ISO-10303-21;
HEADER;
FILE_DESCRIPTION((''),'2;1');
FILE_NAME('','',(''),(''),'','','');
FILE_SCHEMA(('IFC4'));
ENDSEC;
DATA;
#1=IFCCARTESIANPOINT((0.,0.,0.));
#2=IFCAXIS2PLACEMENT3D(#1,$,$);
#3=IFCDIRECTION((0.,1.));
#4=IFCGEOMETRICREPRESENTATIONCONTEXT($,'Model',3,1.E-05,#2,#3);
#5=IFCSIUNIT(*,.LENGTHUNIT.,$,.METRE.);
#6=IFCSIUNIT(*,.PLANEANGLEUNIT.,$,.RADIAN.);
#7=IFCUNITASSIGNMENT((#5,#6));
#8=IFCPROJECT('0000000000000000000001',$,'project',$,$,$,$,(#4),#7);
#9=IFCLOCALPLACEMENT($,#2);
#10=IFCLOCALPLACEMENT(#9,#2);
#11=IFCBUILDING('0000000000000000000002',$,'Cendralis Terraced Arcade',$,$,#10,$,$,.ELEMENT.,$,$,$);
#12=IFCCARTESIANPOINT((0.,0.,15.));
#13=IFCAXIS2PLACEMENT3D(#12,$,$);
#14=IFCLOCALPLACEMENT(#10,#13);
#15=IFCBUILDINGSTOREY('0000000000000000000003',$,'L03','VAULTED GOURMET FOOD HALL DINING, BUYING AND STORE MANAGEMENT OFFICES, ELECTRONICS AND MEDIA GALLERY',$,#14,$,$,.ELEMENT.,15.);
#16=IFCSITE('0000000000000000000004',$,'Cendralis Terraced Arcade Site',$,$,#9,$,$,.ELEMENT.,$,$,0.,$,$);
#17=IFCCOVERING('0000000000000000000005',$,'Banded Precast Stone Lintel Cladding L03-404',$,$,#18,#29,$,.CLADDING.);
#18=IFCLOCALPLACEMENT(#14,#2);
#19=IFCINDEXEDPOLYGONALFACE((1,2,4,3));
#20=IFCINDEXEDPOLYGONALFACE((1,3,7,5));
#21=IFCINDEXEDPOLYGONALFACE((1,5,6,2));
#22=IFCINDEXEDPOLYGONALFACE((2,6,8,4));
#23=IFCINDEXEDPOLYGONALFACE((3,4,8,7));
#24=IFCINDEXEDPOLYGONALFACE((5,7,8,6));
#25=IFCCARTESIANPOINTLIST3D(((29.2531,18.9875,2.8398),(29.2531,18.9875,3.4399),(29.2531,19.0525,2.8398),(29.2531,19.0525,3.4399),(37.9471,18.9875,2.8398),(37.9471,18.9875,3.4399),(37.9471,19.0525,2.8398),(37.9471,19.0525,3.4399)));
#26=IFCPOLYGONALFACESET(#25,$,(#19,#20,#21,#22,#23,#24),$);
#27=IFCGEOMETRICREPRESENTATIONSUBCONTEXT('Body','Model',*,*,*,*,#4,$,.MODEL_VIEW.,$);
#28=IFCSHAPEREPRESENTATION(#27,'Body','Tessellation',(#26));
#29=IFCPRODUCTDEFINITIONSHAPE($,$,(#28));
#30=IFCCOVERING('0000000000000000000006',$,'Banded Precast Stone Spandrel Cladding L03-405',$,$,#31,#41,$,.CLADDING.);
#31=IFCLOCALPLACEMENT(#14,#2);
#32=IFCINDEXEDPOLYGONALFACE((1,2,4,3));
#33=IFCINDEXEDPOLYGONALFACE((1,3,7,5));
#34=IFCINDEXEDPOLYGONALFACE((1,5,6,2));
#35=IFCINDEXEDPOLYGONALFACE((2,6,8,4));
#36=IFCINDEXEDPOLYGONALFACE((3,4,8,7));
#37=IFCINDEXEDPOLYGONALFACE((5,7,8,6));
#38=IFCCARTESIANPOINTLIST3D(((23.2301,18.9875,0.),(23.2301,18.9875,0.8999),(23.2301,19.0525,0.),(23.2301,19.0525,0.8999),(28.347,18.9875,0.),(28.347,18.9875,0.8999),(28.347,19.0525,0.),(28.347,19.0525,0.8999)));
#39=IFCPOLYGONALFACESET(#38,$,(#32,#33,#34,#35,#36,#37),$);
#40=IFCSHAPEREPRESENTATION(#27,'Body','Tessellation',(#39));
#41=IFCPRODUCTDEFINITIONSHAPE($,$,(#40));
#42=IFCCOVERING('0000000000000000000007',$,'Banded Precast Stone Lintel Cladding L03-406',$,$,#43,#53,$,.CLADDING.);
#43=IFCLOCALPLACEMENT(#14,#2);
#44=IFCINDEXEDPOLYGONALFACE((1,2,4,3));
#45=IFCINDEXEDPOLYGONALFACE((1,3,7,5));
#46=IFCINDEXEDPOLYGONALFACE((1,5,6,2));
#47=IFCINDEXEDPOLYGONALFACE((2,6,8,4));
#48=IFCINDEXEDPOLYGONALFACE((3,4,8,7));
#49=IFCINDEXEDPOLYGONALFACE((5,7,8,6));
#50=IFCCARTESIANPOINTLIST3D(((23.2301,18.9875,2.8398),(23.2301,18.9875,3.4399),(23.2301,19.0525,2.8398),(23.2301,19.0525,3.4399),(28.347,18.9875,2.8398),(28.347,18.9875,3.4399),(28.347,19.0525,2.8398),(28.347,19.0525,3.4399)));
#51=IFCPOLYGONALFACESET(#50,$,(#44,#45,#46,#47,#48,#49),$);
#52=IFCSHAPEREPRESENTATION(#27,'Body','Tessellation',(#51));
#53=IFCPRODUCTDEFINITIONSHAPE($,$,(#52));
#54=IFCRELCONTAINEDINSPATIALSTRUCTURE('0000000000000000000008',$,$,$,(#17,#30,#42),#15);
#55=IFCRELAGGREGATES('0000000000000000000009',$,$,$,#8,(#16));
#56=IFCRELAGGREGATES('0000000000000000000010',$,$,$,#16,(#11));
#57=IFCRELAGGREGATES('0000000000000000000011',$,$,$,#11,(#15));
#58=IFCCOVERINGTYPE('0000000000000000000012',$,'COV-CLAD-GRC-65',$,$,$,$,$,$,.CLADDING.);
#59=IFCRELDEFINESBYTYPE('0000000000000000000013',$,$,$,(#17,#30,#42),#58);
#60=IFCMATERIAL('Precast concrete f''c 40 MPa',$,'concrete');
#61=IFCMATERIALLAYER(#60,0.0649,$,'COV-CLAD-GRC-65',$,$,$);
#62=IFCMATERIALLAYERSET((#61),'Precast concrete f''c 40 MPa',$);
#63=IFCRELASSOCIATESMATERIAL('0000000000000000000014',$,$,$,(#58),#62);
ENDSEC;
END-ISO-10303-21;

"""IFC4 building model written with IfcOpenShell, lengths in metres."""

from ifc_helpers import new_model, si_unit, direction, frame, origin, origin_2d, place, context, subcontext, project, spatial, rectangle, extrude, material, layer, layer_set, type_object, element, save


model = new_model("IFC4")

# Units and contexts
model_context = context("Model", 3, precision=1e-05, world=origin(), true_north=direction((0.0, 1.0)))
body_context = subcontext(model_context, "Body", "Model", "MODEL_VIEW")
ifc_project = project(units=[si_unit("LENGTHUNIT", "METRE"), si_unit("PLANEANGLEUNIT", "RADIAN")], contexts=[model_context])

# Site, building, storey
site_placement = place(None, origin())
site = spatial("IfcSite", under=ifc_project, at=site_placement, Name="Cendralis Terraced Arcade Site", CompositionType="ELEMENT", RefElevation=0.0)
building_placement = place(site_placement, origin())
building = spatial("IfcBuilding", under=site, at=building_placement, Name="Cendralis Terraced Arcade", CompositionType="ELEMENT")
storey_placement = place(building_placement, frame((0.0, 0.0, 15.0)))
storey = spatial("IfcBuildingStorey", under=building, at=storey_placement, Name="L03", Description="VAULTED GOURMET FOOD HALL DINING, BUYING AND STORE MANAGEMENT OFFICES, ELECTRONICS AND MEDIA GALLERY", CompositionType="ELEMENT", Elevation=15.0)

# Shared definitions
ifc_material_1 = material(Name="Precast concrete f'c 40 MPa", Category="concrete")

# Coverings
ifc_layer_1 = layer(ifc_material_1, 0.0649, Name="COV-CLAD-GRC-65")
ifc_layer_set_1 = layer_set([ifc_layer_1], Name="Precast concrete f'c 40 MPa")
covering_type = type_object("IfcCoveringType", Name="COV-CLAD-GRC-65", PredefinedType="CLADDING", material=ifc_layer_set_1)
covering_1_placement = place(storey_placement, frame((33.6001, 19.02, 2.8398), z_axis=(0.0, 0.0, 1.0), x_axis=(-1.0, 0.0, 0.0)))
element("IfcCovering", 1, at=covering_1_placement, inside=storey, type_object=covering_type, Name="Banded Precast Stone Lintel Cladding L03-404", PredefinedType="CLADDING", context=body_context, shape_type="SweptSolid", body=[
    extrude(rectangle(XDim=8.6941, YDim=0.0649, at=origin_2d()), origin(), (0.0, 0.0, 1.0), 0.6001),
])
covering_2_placement = place(storey_placement, frame((25.7886, 19.02, 0.0), z_axis=(0.0, 0.0, 1.0), x_axis=(-1.0, 0.0, 0.0)))
element("IfcCovering", 2, at=covering_2_placement, inside=storey, type_object=covering_type, Name="Banded Precast Stone Spandrel Cladding L03-405", PredefinedType="CLADDING", context=body_context, shape_type="SweptSolid", body=[
    extrude(rectangle(XDim=5.1169, YDim=0.0649, at=origin_2d()), origin(), (0.0, 0.0, 1.0), 0.8999),
])
covering_3_placement = place(storey_placement, frame((25.7886, 19.02, 2.8398), z_axis=(0.0, 0.0, 1.0), x_axis=(-1.0, 0.0, 0.0)))
element("IfcCovering", 3, at=covering_3_placement, inside=storey, type_object=covering_type, Name="Banded Precast Stone Lintel Cladding L03-406", PredefinedType="CLADDING", context=body_context, shape_type="SweptSolid", body=[
    extrude(rectangle(XDim=5.1169, YDim=0.0649, at=origin_2d()), origin(), (0.0, 0.0, 1.0), 0.6001),
])

save(model, "model.ifc")
